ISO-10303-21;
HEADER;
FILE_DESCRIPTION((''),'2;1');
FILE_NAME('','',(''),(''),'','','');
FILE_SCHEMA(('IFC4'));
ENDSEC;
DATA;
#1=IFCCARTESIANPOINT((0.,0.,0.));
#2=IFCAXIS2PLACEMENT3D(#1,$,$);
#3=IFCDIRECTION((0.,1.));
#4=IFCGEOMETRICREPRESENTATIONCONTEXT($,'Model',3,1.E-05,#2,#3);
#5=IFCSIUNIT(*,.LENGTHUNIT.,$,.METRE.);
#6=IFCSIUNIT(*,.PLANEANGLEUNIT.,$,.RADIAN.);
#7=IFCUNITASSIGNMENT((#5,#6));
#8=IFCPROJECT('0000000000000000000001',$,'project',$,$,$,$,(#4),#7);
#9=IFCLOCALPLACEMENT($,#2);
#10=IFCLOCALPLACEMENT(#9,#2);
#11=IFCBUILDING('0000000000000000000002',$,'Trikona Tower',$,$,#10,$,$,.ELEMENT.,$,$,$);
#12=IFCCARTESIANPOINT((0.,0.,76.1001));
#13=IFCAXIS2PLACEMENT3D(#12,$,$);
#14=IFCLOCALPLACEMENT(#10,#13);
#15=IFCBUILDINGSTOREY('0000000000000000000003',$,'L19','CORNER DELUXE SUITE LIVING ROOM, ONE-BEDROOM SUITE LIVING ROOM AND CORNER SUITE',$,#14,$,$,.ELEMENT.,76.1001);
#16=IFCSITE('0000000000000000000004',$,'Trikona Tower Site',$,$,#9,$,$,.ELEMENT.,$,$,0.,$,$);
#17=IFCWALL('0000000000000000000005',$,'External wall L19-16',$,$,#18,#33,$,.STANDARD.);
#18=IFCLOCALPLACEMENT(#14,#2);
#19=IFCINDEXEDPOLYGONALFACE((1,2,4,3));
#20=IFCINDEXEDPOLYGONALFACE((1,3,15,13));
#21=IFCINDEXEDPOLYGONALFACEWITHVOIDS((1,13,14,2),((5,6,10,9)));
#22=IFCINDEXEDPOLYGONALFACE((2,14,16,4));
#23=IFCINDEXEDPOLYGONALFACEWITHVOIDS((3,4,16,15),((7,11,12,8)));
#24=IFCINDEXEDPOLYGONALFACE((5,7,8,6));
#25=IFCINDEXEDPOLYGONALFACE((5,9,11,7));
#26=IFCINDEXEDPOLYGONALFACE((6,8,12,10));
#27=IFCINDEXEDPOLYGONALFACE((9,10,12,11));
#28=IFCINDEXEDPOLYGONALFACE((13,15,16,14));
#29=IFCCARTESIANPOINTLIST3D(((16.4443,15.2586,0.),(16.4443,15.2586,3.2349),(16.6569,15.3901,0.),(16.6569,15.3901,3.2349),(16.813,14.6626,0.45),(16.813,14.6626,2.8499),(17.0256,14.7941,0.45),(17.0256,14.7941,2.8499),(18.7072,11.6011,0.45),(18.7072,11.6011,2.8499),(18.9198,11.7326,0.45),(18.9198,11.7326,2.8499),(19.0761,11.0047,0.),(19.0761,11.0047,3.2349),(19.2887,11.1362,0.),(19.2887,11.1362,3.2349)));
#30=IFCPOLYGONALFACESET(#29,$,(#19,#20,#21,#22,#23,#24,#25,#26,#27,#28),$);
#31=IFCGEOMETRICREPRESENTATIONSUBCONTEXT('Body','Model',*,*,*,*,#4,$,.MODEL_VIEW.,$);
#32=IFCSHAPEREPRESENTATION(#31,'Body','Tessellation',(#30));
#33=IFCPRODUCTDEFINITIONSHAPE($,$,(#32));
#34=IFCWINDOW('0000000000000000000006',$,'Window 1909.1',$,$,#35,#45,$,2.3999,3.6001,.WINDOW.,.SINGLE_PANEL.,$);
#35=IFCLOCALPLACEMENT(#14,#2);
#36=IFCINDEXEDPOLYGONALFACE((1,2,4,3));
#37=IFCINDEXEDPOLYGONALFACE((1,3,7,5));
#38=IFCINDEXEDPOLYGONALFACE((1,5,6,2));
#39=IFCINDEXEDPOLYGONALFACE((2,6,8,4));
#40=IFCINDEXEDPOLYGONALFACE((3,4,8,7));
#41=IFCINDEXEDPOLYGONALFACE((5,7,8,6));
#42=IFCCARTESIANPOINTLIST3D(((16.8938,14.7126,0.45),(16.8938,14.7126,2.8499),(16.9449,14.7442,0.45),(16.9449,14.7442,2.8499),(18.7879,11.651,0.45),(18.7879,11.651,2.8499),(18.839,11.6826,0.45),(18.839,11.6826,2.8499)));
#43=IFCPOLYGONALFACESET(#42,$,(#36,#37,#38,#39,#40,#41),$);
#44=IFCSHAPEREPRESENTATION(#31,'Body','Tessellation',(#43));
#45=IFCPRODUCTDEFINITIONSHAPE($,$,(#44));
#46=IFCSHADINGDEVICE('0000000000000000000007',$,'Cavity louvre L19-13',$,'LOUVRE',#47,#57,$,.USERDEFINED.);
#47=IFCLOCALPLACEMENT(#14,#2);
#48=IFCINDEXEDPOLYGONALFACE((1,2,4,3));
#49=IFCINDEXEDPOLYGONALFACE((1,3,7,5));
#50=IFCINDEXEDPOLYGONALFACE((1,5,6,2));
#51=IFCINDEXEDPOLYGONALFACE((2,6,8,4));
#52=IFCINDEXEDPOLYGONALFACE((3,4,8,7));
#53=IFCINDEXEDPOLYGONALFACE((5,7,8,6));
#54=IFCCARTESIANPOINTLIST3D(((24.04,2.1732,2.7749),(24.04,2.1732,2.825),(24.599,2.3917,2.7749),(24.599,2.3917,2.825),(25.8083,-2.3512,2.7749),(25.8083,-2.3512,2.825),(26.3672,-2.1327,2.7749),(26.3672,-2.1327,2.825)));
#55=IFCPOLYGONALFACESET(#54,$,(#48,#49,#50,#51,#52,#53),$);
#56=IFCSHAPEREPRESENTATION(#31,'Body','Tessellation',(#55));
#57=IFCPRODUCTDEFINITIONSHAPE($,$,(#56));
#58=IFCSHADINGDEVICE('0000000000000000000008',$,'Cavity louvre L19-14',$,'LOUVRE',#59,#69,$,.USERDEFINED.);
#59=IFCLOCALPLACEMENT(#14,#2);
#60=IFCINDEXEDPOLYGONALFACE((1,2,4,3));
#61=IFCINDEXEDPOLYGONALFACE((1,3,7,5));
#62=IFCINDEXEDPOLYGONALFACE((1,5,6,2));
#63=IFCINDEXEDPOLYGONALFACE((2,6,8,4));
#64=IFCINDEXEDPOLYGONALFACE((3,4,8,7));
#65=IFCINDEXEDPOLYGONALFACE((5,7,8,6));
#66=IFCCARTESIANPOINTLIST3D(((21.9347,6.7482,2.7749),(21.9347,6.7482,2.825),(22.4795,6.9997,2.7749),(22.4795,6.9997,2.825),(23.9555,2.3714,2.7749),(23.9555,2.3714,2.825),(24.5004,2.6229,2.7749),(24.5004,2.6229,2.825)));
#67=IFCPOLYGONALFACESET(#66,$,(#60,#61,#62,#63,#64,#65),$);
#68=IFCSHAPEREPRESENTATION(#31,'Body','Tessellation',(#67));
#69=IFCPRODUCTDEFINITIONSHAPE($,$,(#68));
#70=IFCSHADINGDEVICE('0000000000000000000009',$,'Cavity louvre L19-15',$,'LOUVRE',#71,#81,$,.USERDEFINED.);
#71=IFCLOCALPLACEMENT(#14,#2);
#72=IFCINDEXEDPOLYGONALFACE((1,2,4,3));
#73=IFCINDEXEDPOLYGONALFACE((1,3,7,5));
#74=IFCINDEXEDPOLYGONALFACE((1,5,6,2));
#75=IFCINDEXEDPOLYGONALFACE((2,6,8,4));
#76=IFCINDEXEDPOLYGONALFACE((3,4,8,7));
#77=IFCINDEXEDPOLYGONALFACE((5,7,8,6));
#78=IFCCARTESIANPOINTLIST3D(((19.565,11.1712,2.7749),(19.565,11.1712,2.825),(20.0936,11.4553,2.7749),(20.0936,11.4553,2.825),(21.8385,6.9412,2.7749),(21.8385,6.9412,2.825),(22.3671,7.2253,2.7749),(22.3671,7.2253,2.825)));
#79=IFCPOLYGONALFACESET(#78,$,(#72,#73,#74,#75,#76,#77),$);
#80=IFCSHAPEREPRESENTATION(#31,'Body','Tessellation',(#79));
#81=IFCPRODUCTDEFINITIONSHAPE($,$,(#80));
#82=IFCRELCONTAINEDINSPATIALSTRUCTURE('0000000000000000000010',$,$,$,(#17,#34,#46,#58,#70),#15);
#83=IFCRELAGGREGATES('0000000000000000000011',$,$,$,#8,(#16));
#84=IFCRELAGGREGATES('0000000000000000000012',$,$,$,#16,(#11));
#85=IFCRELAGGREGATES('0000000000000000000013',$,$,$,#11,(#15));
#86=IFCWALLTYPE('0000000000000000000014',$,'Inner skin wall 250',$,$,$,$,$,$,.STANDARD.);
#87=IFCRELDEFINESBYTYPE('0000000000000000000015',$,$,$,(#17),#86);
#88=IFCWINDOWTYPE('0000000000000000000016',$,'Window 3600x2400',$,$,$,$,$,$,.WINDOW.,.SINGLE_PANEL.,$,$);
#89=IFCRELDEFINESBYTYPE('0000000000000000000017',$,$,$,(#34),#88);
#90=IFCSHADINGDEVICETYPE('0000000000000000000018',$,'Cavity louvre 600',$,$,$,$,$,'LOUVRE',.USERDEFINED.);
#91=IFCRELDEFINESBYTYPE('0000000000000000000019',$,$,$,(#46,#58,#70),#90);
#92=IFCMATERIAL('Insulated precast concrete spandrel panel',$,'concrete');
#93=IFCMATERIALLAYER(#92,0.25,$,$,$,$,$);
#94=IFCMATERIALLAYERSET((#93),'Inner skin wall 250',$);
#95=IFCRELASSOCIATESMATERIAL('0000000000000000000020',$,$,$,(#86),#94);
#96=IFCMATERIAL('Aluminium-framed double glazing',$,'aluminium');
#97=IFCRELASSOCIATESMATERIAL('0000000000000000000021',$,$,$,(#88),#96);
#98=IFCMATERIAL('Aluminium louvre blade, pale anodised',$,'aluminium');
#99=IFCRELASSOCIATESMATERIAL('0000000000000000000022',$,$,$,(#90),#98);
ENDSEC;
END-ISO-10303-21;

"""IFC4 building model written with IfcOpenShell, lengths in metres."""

from ifc_helpers import new_model, si_unit, direction, frame, frame_2d, origin, origin_2d, place, context, subcontext, project, spatial, rectangle, extrude, material, layer, layer_set, type_object, element, fill, save


model = new_model("IFC4")

# Units and contexts
model_context = context("Model", 3, precision=1e-05, world=origin(), true_north=direction((0.0, 1.0)))
body_context = subcontext(model_context, "Body", "Model", "MODEL_VIEW")
ifc_project = project(units=[si_unit("LENGTHUNIT", "METRE"), si_unit("PLANEANGLEUNIT", "RADIAN")], contexts=[model_context])

# Site, building, storey
site_placement = place(None, origin())
site = spatial("IfcSite", under=ifc_project, at=site_placement, Name="Trikona Tower Site", CompositionType="ELEMENT", RefElevation=0.0)
building_placement = place(site_placement, origin())
building = spatial("IfcBuilding", under=site, at=building_placement, Name="Trikona Tower", CompositionType="ELEMENT")
storey_placement = place(building_placement, frame((0.0, 0.0, 76.1001)))
storey = spatial("IfcBuildingStorey", under=building, at=storey_placement, Name="L19", Description="CORNER DELUXE SUITE LIVING ROOM, ONE-BEDROOM SUITE LIVING ROOM AND CORNER SUITE", CompositionType="ELEMENT", Elevation=76.1001)

# Wall, opening, window
ifc_material_1 = material(Name="Insulated precast concrete spandrel panel", Category="concrete")
ifc_layer_1 = layer(ifc_material_1, 0.25)
ifc_layer_set_1 = layer_set([ifc_layer_1], Name="Inner skin wall 250")
wall_type_1 = type_object("IfcWallType", Name="Inner skin wall 250", PredefinedType="STANDARD", material=ifc_layer_set_1)
ifc_material_2 = material(Name="Aluminium-framed double glazing", Category="aluminium")
window_type = type_object("IfcWindowType", Name="Window 3600x2400", PartitioningType="SINGLE_PANEL", PredefinedType="WINDOW", material=ifc_material_2)
wall_1_placement = place(storey_placement, frame((19.1824, 11.0706, 0.0), z_axis=(0.0, 0.0, 1.0), x_axis=(-0.526133, 0.850402, 0.0)))
wall_1 = element("IfcWall", 1, at=wall_1_placement, inside=storey, type_object=wall_type_1, Name="External wall L19-16", PredefinedType="STANDARD", context=body_context, shape_type="SweptSolid", body=[
    extrude(rectangle(XDim=5.0022, YDim=0.25, at=frame_2d((2.501, 0.0))), origin(), (0.0, 0.0, 1.0), 3.2349),
])
opening_1_placement = place(wall_1_placement, frame((0.7012, 0.0, 0.45)))
opening_1 = element("IfcOpeningElement", 2, at=opening_1_placement, cuts=wall_1, PredefinedType="OPENING", context=body_context, shape_type="SweptSolid", body=[
    extrude(rectangle(XDim=3.6001, YDim=2.3999, at=frame_2d((1.8, 1.2))), frame((0.0, 0.135, 0.0), z_axis=(0.0, -1.0, 0.0), x_axis=(1.0, 0.0, 0.0)), (0.0, 0.0, 1.0), 0.27),
])
window_1_placement = place(opening_1_placement, origin())
window_1 = element("IfcWindow", 3, at=window_1_placement, inside=storey, type_object=window_type, Name="Window 1909.1", OverallHeight=2.3999, OverallWidth=3.6001, PartitioningType="SINGLE_PANEL", PredefinedType="WINDOW", context=body_context, shape_type="SweptSolid", body=[
    extrude(rectangle(XDim=3.6001, YDim=2.3999, at=frame_2d((1.8, 1.2))), frame((0.0, 0.03, 0.0), z_axis=(0.0, -1.0, 0.0), x_axis=(1.0, 0.0, 0.0)), (0.0, 0.0, 1.0), 0.0601),
])
fill(opening_1, window_1)

# Shading devices
ifc_material_3 = material(Name="Aluminium louvre blade, pale anodised", Category="aluminium")
shading_device_type = type_object("IfcShadingDeviceType", Name="Cavity louvre 600", ElementType="LOUVRE", PredefinedType="USERDEFINED", material=ifc_material_3)
shading_device_1_placement = place(storey_placement, frame((25.2036, 0.0203, 2.7749), z_axis=(0.0, 0.0, 1.0), x_axis=(-0.364009, 0.931395, 0.0)))
element("IfcShadingDevice", 4, at=shading_device_1_placement, inside=storey, type_object=shading_device_type, Name="Cavity louvre L19-13", ObjectType="LOUVRE", PredefinedType="USERDEFINED", context=body_context, shape_type="SweptSolid", body=[
    extrude(rectangle(XDim=4.8577, YDim=0.6001, at=origin_2d()), origin(), (0.0, 0.0, 1.0), 0.05),
])
shading_device_2_placement = place(storey_placement, frame((23.2175, 4.6855, 2.7749), z_axis=(0.0, 0.0, 1.0), x_axis=(-0.419194, 0.907897, 0.0)))
element("IfcShadingDevice", 5, at=shading_device_2_placement, inside=storey, type_object=shading_device_type, Name="Cavity louvre L19-14", ObjectType="LOUVRE", PredefinedType="USERDEFINED", context=body_context, shape_type="SweptSolid", body=[
    extrude(rectangle(XDim=4.8208, YDim=0.6001, at=origin_2d()), origin(), (0.0, 0.0, 1.0), 0.05),
])
shading_device_3_placement = place(storey_placement, frame((20.9661, 9.1982, 2.7749), z_axis=(0.0, 0.0, 1.0), x_axis=(-0.473423, 0.880835, 0.0)))
element("IfcShadingDevice", 6, at=shading_device_3_placement, inside=storey, type_object=shading_device_type, Name="Cavity louvre L19-15", ObjectType="LOUVRE", PredefinedType="USERDEFINED", context=body_context, shape_type="SweptSolid", body=[
    extrude(rectangle(XDim=4.8022, YDim=0.6001, at=origin_2d()), origin(), (0.0, 0.0, 1.0), 0.05),
])

save(model, "model.ifc")
